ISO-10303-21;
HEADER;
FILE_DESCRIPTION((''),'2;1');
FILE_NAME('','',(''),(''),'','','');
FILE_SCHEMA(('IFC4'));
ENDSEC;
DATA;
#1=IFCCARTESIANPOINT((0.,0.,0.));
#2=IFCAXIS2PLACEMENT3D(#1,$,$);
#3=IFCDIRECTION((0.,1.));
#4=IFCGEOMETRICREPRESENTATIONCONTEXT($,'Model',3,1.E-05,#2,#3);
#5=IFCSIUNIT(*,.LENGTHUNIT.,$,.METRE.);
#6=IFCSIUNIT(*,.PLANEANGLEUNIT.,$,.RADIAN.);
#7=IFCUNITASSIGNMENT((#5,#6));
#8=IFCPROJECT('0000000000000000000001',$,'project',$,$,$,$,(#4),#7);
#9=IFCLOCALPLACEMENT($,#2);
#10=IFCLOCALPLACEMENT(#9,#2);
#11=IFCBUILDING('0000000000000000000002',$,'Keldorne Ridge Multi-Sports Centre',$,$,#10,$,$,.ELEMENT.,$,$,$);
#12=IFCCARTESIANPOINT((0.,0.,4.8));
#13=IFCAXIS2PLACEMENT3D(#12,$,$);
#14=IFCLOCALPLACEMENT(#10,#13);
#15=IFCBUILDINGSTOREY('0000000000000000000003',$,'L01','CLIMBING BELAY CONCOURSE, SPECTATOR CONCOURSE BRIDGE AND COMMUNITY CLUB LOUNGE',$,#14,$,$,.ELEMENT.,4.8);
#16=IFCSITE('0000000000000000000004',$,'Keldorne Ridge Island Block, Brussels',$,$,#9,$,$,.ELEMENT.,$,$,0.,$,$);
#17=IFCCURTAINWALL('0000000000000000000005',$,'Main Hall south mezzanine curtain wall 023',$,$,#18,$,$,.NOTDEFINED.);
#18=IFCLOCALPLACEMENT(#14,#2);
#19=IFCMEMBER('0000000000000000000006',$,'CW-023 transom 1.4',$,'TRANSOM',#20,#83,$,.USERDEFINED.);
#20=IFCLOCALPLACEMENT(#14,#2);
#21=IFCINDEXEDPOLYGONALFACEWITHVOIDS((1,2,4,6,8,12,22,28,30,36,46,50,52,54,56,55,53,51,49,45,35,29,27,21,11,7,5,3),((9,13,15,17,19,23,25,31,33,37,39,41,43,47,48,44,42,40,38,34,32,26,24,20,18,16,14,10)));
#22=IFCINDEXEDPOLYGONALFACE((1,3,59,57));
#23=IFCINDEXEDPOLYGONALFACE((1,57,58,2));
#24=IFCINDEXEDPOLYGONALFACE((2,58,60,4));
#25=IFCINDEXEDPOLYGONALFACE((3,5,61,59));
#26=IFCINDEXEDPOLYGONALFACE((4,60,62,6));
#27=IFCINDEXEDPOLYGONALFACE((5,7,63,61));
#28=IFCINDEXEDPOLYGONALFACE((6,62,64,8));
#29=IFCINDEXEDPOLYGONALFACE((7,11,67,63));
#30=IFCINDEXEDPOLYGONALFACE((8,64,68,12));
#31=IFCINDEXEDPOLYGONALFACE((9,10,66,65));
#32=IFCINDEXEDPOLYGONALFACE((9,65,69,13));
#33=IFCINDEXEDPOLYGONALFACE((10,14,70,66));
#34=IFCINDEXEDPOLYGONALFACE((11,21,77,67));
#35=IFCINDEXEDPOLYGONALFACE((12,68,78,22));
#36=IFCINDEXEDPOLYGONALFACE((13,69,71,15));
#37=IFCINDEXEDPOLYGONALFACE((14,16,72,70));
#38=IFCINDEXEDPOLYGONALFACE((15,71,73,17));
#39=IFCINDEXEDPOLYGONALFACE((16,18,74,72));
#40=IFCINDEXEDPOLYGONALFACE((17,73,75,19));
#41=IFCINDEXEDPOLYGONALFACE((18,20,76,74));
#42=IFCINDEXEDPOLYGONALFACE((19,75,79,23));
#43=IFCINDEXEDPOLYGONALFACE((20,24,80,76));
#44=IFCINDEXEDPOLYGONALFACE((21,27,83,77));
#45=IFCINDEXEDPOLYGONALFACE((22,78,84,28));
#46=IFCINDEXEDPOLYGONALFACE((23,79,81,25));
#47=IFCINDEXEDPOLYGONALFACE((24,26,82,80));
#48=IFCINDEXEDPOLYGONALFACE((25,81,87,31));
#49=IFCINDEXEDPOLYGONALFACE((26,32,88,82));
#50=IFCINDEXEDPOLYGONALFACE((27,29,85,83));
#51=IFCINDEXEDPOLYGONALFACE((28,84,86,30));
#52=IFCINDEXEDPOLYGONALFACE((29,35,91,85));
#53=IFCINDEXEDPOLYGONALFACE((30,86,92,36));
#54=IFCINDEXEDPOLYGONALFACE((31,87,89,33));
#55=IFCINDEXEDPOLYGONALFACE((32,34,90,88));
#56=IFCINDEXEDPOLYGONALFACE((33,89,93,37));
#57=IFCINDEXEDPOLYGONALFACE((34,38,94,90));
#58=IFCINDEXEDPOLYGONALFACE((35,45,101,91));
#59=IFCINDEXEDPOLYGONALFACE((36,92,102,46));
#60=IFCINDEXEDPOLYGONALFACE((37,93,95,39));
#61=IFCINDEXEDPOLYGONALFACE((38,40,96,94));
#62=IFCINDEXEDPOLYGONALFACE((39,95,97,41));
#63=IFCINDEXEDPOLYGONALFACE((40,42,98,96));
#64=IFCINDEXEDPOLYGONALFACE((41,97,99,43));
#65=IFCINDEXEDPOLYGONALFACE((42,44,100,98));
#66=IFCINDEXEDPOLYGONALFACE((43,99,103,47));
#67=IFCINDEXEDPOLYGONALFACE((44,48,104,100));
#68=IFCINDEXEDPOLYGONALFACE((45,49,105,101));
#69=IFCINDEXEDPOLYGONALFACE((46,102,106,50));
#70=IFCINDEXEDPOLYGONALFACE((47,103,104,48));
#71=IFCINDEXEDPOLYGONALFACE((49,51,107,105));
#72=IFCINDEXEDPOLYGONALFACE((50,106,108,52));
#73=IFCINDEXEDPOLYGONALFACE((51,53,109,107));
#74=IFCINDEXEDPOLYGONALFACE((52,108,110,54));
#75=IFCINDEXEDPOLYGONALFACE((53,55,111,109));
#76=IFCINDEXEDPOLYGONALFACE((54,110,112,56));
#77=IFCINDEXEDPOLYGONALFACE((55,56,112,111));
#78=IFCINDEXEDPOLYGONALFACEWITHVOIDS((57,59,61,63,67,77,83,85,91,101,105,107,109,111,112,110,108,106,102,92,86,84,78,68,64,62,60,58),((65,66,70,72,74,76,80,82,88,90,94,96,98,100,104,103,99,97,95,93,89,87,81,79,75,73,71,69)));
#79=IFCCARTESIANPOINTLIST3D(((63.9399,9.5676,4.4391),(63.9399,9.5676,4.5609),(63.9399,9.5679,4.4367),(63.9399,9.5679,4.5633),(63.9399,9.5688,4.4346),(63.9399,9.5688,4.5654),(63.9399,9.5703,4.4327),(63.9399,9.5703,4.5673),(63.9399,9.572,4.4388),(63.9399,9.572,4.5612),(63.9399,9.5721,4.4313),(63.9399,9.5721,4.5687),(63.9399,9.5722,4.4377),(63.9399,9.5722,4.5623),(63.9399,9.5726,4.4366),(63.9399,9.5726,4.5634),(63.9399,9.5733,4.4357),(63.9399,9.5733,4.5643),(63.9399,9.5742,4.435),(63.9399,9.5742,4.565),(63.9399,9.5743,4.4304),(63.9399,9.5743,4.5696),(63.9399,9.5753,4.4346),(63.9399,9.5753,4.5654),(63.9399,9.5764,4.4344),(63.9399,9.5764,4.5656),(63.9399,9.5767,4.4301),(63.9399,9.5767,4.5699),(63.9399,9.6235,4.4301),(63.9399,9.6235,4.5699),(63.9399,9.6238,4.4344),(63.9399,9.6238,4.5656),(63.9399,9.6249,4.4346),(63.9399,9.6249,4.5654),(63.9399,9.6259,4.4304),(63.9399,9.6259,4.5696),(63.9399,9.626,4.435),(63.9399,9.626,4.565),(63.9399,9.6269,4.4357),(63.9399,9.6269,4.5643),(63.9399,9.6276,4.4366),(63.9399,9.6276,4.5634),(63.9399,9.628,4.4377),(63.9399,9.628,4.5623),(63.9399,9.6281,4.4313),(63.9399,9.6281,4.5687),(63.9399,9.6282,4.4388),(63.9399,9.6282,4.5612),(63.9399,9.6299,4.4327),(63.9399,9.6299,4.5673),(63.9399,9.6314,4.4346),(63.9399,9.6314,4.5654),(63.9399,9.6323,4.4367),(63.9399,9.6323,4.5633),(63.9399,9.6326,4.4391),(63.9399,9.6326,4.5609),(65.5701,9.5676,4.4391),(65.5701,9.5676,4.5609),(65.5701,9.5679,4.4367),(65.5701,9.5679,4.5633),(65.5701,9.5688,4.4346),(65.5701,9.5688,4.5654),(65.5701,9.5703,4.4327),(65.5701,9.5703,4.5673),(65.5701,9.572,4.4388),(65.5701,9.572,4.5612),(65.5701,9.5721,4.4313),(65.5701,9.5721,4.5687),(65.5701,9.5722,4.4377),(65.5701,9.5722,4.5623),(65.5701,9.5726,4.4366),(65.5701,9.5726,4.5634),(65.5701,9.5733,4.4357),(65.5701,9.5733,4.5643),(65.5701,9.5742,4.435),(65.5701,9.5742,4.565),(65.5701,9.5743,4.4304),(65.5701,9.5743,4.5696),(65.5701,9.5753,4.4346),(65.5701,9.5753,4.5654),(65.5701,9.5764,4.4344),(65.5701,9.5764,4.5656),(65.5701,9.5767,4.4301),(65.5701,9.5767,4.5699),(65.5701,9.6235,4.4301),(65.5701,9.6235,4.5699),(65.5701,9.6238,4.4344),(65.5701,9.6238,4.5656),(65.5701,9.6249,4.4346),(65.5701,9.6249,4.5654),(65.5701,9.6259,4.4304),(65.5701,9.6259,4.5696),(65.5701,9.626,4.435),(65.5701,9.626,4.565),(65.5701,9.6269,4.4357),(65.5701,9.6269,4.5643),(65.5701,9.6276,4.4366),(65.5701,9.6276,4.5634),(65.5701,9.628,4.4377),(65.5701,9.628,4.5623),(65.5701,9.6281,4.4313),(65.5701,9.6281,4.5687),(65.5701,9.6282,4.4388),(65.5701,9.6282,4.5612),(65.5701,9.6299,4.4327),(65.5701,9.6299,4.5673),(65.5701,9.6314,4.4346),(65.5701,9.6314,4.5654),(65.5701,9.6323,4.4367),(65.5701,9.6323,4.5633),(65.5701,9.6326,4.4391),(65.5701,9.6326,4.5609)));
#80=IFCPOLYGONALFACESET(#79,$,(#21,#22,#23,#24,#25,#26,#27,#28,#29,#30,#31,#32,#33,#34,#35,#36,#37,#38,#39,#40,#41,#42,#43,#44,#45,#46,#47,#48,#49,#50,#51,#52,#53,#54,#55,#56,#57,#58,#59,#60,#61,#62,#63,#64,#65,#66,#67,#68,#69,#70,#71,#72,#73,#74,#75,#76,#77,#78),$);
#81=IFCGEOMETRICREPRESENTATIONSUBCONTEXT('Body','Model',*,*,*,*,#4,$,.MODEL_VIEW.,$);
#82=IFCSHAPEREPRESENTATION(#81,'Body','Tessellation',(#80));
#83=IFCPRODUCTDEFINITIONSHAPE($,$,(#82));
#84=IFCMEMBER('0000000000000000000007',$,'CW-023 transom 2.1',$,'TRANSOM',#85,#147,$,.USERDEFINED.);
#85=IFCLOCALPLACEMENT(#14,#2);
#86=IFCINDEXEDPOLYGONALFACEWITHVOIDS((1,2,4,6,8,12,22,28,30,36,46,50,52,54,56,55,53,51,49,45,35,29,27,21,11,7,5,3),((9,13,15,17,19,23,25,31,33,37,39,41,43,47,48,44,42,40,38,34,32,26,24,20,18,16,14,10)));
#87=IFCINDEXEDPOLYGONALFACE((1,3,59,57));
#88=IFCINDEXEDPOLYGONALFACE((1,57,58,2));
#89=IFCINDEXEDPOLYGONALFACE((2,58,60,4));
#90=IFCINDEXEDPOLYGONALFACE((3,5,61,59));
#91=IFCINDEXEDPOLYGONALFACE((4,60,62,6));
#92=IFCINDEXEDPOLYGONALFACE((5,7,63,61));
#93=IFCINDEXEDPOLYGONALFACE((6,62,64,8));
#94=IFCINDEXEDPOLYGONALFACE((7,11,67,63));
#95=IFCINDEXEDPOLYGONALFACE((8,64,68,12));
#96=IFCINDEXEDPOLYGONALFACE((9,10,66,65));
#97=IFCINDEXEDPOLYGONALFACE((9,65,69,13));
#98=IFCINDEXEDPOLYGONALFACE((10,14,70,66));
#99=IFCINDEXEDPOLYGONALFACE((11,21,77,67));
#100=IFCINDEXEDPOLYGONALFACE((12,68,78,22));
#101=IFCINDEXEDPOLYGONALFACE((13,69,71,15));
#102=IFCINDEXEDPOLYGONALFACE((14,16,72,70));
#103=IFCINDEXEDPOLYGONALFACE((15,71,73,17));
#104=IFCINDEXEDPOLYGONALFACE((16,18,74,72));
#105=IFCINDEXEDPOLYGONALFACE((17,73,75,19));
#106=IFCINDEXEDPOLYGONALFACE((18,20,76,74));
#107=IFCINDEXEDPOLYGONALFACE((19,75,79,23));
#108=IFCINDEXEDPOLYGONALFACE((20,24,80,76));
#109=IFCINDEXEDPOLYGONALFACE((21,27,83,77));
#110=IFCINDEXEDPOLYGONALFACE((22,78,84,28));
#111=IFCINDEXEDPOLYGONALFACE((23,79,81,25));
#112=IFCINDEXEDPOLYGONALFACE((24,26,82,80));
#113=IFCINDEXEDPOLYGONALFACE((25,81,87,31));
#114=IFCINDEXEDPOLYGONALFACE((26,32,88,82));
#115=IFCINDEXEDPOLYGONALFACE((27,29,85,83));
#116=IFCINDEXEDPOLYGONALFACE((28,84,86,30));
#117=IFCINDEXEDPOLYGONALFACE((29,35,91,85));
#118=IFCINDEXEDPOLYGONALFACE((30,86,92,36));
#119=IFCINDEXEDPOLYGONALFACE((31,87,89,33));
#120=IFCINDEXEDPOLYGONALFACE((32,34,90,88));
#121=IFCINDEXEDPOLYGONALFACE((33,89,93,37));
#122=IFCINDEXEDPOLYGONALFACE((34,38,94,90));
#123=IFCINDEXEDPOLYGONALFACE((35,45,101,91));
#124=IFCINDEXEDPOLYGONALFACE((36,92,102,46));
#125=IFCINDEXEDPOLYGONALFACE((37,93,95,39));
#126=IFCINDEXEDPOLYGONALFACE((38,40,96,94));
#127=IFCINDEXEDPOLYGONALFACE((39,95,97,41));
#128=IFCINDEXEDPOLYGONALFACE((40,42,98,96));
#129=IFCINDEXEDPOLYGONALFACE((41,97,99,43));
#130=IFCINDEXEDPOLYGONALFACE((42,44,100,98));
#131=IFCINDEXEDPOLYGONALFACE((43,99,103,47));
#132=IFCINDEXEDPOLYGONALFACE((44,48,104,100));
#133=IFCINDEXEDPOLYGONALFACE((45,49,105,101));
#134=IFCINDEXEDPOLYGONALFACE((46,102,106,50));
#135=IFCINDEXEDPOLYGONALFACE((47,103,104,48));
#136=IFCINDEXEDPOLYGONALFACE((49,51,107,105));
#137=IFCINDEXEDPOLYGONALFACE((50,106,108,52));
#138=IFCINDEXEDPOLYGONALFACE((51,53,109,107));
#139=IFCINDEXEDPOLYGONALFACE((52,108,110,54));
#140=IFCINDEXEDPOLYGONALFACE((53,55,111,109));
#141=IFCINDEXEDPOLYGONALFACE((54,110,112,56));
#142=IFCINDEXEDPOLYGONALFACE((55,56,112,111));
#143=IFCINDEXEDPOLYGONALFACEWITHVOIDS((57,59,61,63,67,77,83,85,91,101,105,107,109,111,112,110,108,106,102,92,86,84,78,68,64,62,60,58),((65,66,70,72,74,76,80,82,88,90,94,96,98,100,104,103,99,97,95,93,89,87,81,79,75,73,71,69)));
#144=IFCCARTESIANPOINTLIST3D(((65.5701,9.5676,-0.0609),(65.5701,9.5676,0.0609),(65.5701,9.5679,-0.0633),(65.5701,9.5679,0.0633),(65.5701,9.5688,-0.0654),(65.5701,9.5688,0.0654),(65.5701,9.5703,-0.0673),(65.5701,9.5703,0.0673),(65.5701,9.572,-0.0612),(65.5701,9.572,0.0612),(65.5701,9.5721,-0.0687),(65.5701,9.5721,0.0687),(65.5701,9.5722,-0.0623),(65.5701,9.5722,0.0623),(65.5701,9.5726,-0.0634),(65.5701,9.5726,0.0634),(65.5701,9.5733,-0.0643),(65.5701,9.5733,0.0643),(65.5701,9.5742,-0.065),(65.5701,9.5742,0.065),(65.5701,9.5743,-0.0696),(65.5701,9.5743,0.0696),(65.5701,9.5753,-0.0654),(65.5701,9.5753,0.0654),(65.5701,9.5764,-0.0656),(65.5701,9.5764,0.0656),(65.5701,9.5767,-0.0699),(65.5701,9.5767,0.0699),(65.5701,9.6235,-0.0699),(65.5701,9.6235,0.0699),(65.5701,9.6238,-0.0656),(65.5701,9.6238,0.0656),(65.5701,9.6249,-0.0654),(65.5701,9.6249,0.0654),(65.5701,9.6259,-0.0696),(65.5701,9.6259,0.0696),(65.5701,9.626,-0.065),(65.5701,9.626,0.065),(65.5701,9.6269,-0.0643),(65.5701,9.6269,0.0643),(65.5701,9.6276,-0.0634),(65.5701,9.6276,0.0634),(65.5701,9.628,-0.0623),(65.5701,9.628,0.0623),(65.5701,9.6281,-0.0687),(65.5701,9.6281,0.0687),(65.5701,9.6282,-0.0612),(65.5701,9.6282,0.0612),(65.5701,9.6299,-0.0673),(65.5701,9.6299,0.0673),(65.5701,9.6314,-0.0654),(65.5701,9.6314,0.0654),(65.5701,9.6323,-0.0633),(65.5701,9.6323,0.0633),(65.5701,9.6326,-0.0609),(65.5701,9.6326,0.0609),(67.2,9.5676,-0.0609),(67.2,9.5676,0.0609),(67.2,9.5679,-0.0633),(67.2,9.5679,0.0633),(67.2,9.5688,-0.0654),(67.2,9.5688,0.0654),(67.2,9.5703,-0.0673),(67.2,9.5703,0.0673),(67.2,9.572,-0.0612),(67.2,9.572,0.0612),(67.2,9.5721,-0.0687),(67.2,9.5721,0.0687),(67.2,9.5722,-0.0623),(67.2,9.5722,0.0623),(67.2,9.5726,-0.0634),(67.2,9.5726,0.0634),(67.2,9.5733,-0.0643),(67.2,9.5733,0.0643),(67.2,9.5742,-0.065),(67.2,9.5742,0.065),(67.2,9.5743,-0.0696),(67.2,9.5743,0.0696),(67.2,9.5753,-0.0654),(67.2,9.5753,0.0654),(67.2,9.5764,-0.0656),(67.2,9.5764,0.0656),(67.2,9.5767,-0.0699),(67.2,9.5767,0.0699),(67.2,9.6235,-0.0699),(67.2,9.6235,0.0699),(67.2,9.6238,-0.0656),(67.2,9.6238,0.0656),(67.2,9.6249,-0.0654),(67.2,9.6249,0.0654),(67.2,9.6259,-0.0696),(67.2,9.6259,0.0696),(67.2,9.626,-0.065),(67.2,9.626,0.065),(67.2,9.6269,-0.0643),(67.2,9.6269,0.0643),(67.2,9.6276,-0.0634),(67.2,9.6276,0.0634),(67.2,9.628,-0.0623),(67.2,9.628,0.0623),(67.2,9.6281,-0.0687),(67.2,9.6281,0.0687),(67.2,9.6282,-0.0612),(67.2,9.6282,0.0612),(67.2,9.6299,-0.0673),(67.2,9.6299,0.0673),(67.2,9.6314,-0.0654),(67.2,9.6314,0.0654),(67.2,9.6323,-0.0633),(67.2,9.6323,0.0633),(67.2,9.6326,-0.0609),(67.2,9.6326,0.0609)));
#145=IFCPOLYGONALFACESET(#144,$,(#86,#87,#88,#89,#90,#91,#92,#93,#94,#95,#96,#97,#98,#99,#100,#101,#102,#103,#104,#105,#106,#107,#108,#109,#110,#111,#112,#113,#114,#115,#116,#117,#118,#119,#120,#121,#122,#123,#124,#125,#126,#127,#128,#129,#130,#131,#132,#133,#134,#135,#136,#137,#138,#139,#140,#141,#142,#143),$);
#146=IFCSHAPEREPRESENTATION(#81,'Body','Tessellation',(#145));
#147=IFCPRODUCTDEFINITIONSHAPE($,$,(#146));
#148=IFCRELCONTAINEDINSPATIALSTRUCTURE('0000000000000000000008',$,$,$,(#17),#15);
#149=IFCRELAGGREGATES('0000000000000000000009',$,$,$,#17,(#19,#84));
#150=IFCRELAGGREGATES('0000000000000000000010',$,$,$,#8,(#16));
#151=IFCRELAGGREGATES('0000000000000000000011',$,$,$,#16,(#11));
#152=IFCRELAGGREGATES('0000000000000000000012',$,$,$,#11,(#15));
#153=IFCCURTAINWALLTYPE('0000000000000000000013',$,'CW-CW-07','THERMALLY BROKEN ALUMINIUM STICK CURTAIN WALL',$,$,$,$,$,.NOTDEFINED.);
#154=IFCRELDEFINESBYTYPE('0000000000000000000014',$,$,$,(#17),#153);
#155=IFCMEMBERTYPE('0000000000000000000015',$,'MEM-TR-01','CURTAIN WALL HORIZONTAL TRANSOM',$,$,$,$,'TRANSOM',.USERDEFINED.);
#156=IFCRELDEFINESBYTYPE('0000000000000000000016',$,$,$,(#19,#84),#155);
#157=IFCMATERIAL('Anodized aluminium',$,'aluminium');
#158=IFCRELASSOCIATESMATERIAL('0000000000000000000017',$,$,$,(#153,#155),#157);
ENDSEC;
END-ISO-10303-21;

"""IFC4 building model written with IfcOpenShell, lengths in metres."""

from ifc_helpers import new_model, si_unit, direction, frame, origin, origin_2d, place, context, subcontext, project, spatial, hollow_rectangle, extrude, material, material_profile, profile_set, type_object, element, aggregate, save


model = new_model("IFC4")

# Units and contexts
model_context = context("Model", 3, precision=1e-05, world=origin(), true_north=direction((0.0, 1.0)))
body_context = subcontext(model_context, "Body", "Model", "MODEL_VIEW")
ifc_project = project(units=[si_unit("LENGTHUNIT", "METRE"), si_unit("PLANEANGLEUNIT", "RADIAN")], contexts=[model_context])

# Site, building, storey
site_placement = place(None, origin())
site = spatial("IfcSite", under=ifc_project, at=site_placement, Name="Keldorne Ridge Island Block, Brussels", CompositionType="ELEMENT", RefElevation=0.0)
building_placement = place(site_placement, origin())
building = spatial("IfcBuilding", under=site, at=building_placement, Name="Keldorne Ridge Multi-Sports Centre", CompositionType="ELEMENT")
storey_placement = place(building_placement, frame((0.0, 0.0, 4.8)))
storey = spatial("IfcBuildingStorey", under=building, at=storey_placement, Name="L01", Description="CLIMBING BELAY CONCOURSE, SPECTATOR CONCOURSE BRIDGE AND COMMUNITY CLUB LOUNGE", CompositionType="ELEMENT", Elevation=4.8)

# Shared definitions
ifc_material_1 = material(Name="Anodized aluminium", Category="aluminium")

# Curtain wall, members
curtain_wall_type_1 = type_object("IfcCurtainWallType", Name="CW-CW-07", Description="THERMALLY BROKEN ALUMINIUM STICK CURTAIN WALL", PredefinedType="NOTDEFINED", material=ifc_material_1)
curtain_wall_1_placement = place(storey_placement, origin())
curtain_wall_1 = element("IfcCurtainWall", 1, at=curtain_wall_1_placement, inside=storey, type_object=curtain_wall_type_1, Name="Main Hall south mezzanine curtain wall 023", PredefinedType="NOTDEFINED")
ifc_material_profile_1 = material_profile(ifc_material_1, hollow_rectangle(XDim=0.0649, YDim=0.1399, WallThickness=0.0044, InnerFilletRadius=0.0044, OuterFilletRadius=0.009, at=origin_2d()), Name="ALU TRANSOM 140x65x4.5")
ifc_profile_set_1 = profile_set([ifc_material_profile_1], Name="Anodized aluminium")
member_type_1 = type_object("IfcMemberType", Name="MEM-TR-01", Description="CURTAIN WALL HORIZONTAL TRANSOM", ElementType="TRANSOM", PredefinedType="USERDEFINED", material=ifc_profile_set_1)
member_1_placement = place(storey_placement, frame((63.9399, 9.6001, 4.5), z_axis=(1.0, 0.0, 0.0), x_axis=(0.0, 1.0, 0.0)))
member_1 = element("IfcMember", 2, at=member_1_placement, type_object=member_type_1, Name="CW-023 transom 1.4", ObjectType="TRANSOM", PredefinedType="USERDEFINED", context=body_context, shape_type="SweptSolid", body=[
    extrude(hollow_rectangle(XDim=0.0649, YDim=0.1399, WallThickness=0.0044, InnerFilletRadius=0.0044, OuterFilletRadius=0.009, at=origin_2d()), origin(), (0.0, 0.0, 1.0), 1.6301),
])
member_2_placement = place(storey_placement, frame((65.5701, 9.6001, 0.0), z_axis=(1.0, 0.0, 0.0), x_axis=(0.0, 1.0, 0.0)))
member_2 = element("IfcMember", 3, at=member_2_placement, type_object=member_type_1, Name="CW-023 transom 2.1", ObjectType="TRANSOM", PredefinedType="USERDEFINED", context=body_context, shape_type="SweptSolid", body=[
    extrude(hollow_rectangle(XDim=0.0649, YDim=0.1399, WallThickness=0.0044, InnerFilletRadius=0.0044, OuterFilletRadius=0.009, at=origin_2d()), origin(), (0.0, 0.0, 1.0), 1.6299),
])

aggregate(curtain_wall_1, [member_1, member_2])

save(model, "model.ifc")
